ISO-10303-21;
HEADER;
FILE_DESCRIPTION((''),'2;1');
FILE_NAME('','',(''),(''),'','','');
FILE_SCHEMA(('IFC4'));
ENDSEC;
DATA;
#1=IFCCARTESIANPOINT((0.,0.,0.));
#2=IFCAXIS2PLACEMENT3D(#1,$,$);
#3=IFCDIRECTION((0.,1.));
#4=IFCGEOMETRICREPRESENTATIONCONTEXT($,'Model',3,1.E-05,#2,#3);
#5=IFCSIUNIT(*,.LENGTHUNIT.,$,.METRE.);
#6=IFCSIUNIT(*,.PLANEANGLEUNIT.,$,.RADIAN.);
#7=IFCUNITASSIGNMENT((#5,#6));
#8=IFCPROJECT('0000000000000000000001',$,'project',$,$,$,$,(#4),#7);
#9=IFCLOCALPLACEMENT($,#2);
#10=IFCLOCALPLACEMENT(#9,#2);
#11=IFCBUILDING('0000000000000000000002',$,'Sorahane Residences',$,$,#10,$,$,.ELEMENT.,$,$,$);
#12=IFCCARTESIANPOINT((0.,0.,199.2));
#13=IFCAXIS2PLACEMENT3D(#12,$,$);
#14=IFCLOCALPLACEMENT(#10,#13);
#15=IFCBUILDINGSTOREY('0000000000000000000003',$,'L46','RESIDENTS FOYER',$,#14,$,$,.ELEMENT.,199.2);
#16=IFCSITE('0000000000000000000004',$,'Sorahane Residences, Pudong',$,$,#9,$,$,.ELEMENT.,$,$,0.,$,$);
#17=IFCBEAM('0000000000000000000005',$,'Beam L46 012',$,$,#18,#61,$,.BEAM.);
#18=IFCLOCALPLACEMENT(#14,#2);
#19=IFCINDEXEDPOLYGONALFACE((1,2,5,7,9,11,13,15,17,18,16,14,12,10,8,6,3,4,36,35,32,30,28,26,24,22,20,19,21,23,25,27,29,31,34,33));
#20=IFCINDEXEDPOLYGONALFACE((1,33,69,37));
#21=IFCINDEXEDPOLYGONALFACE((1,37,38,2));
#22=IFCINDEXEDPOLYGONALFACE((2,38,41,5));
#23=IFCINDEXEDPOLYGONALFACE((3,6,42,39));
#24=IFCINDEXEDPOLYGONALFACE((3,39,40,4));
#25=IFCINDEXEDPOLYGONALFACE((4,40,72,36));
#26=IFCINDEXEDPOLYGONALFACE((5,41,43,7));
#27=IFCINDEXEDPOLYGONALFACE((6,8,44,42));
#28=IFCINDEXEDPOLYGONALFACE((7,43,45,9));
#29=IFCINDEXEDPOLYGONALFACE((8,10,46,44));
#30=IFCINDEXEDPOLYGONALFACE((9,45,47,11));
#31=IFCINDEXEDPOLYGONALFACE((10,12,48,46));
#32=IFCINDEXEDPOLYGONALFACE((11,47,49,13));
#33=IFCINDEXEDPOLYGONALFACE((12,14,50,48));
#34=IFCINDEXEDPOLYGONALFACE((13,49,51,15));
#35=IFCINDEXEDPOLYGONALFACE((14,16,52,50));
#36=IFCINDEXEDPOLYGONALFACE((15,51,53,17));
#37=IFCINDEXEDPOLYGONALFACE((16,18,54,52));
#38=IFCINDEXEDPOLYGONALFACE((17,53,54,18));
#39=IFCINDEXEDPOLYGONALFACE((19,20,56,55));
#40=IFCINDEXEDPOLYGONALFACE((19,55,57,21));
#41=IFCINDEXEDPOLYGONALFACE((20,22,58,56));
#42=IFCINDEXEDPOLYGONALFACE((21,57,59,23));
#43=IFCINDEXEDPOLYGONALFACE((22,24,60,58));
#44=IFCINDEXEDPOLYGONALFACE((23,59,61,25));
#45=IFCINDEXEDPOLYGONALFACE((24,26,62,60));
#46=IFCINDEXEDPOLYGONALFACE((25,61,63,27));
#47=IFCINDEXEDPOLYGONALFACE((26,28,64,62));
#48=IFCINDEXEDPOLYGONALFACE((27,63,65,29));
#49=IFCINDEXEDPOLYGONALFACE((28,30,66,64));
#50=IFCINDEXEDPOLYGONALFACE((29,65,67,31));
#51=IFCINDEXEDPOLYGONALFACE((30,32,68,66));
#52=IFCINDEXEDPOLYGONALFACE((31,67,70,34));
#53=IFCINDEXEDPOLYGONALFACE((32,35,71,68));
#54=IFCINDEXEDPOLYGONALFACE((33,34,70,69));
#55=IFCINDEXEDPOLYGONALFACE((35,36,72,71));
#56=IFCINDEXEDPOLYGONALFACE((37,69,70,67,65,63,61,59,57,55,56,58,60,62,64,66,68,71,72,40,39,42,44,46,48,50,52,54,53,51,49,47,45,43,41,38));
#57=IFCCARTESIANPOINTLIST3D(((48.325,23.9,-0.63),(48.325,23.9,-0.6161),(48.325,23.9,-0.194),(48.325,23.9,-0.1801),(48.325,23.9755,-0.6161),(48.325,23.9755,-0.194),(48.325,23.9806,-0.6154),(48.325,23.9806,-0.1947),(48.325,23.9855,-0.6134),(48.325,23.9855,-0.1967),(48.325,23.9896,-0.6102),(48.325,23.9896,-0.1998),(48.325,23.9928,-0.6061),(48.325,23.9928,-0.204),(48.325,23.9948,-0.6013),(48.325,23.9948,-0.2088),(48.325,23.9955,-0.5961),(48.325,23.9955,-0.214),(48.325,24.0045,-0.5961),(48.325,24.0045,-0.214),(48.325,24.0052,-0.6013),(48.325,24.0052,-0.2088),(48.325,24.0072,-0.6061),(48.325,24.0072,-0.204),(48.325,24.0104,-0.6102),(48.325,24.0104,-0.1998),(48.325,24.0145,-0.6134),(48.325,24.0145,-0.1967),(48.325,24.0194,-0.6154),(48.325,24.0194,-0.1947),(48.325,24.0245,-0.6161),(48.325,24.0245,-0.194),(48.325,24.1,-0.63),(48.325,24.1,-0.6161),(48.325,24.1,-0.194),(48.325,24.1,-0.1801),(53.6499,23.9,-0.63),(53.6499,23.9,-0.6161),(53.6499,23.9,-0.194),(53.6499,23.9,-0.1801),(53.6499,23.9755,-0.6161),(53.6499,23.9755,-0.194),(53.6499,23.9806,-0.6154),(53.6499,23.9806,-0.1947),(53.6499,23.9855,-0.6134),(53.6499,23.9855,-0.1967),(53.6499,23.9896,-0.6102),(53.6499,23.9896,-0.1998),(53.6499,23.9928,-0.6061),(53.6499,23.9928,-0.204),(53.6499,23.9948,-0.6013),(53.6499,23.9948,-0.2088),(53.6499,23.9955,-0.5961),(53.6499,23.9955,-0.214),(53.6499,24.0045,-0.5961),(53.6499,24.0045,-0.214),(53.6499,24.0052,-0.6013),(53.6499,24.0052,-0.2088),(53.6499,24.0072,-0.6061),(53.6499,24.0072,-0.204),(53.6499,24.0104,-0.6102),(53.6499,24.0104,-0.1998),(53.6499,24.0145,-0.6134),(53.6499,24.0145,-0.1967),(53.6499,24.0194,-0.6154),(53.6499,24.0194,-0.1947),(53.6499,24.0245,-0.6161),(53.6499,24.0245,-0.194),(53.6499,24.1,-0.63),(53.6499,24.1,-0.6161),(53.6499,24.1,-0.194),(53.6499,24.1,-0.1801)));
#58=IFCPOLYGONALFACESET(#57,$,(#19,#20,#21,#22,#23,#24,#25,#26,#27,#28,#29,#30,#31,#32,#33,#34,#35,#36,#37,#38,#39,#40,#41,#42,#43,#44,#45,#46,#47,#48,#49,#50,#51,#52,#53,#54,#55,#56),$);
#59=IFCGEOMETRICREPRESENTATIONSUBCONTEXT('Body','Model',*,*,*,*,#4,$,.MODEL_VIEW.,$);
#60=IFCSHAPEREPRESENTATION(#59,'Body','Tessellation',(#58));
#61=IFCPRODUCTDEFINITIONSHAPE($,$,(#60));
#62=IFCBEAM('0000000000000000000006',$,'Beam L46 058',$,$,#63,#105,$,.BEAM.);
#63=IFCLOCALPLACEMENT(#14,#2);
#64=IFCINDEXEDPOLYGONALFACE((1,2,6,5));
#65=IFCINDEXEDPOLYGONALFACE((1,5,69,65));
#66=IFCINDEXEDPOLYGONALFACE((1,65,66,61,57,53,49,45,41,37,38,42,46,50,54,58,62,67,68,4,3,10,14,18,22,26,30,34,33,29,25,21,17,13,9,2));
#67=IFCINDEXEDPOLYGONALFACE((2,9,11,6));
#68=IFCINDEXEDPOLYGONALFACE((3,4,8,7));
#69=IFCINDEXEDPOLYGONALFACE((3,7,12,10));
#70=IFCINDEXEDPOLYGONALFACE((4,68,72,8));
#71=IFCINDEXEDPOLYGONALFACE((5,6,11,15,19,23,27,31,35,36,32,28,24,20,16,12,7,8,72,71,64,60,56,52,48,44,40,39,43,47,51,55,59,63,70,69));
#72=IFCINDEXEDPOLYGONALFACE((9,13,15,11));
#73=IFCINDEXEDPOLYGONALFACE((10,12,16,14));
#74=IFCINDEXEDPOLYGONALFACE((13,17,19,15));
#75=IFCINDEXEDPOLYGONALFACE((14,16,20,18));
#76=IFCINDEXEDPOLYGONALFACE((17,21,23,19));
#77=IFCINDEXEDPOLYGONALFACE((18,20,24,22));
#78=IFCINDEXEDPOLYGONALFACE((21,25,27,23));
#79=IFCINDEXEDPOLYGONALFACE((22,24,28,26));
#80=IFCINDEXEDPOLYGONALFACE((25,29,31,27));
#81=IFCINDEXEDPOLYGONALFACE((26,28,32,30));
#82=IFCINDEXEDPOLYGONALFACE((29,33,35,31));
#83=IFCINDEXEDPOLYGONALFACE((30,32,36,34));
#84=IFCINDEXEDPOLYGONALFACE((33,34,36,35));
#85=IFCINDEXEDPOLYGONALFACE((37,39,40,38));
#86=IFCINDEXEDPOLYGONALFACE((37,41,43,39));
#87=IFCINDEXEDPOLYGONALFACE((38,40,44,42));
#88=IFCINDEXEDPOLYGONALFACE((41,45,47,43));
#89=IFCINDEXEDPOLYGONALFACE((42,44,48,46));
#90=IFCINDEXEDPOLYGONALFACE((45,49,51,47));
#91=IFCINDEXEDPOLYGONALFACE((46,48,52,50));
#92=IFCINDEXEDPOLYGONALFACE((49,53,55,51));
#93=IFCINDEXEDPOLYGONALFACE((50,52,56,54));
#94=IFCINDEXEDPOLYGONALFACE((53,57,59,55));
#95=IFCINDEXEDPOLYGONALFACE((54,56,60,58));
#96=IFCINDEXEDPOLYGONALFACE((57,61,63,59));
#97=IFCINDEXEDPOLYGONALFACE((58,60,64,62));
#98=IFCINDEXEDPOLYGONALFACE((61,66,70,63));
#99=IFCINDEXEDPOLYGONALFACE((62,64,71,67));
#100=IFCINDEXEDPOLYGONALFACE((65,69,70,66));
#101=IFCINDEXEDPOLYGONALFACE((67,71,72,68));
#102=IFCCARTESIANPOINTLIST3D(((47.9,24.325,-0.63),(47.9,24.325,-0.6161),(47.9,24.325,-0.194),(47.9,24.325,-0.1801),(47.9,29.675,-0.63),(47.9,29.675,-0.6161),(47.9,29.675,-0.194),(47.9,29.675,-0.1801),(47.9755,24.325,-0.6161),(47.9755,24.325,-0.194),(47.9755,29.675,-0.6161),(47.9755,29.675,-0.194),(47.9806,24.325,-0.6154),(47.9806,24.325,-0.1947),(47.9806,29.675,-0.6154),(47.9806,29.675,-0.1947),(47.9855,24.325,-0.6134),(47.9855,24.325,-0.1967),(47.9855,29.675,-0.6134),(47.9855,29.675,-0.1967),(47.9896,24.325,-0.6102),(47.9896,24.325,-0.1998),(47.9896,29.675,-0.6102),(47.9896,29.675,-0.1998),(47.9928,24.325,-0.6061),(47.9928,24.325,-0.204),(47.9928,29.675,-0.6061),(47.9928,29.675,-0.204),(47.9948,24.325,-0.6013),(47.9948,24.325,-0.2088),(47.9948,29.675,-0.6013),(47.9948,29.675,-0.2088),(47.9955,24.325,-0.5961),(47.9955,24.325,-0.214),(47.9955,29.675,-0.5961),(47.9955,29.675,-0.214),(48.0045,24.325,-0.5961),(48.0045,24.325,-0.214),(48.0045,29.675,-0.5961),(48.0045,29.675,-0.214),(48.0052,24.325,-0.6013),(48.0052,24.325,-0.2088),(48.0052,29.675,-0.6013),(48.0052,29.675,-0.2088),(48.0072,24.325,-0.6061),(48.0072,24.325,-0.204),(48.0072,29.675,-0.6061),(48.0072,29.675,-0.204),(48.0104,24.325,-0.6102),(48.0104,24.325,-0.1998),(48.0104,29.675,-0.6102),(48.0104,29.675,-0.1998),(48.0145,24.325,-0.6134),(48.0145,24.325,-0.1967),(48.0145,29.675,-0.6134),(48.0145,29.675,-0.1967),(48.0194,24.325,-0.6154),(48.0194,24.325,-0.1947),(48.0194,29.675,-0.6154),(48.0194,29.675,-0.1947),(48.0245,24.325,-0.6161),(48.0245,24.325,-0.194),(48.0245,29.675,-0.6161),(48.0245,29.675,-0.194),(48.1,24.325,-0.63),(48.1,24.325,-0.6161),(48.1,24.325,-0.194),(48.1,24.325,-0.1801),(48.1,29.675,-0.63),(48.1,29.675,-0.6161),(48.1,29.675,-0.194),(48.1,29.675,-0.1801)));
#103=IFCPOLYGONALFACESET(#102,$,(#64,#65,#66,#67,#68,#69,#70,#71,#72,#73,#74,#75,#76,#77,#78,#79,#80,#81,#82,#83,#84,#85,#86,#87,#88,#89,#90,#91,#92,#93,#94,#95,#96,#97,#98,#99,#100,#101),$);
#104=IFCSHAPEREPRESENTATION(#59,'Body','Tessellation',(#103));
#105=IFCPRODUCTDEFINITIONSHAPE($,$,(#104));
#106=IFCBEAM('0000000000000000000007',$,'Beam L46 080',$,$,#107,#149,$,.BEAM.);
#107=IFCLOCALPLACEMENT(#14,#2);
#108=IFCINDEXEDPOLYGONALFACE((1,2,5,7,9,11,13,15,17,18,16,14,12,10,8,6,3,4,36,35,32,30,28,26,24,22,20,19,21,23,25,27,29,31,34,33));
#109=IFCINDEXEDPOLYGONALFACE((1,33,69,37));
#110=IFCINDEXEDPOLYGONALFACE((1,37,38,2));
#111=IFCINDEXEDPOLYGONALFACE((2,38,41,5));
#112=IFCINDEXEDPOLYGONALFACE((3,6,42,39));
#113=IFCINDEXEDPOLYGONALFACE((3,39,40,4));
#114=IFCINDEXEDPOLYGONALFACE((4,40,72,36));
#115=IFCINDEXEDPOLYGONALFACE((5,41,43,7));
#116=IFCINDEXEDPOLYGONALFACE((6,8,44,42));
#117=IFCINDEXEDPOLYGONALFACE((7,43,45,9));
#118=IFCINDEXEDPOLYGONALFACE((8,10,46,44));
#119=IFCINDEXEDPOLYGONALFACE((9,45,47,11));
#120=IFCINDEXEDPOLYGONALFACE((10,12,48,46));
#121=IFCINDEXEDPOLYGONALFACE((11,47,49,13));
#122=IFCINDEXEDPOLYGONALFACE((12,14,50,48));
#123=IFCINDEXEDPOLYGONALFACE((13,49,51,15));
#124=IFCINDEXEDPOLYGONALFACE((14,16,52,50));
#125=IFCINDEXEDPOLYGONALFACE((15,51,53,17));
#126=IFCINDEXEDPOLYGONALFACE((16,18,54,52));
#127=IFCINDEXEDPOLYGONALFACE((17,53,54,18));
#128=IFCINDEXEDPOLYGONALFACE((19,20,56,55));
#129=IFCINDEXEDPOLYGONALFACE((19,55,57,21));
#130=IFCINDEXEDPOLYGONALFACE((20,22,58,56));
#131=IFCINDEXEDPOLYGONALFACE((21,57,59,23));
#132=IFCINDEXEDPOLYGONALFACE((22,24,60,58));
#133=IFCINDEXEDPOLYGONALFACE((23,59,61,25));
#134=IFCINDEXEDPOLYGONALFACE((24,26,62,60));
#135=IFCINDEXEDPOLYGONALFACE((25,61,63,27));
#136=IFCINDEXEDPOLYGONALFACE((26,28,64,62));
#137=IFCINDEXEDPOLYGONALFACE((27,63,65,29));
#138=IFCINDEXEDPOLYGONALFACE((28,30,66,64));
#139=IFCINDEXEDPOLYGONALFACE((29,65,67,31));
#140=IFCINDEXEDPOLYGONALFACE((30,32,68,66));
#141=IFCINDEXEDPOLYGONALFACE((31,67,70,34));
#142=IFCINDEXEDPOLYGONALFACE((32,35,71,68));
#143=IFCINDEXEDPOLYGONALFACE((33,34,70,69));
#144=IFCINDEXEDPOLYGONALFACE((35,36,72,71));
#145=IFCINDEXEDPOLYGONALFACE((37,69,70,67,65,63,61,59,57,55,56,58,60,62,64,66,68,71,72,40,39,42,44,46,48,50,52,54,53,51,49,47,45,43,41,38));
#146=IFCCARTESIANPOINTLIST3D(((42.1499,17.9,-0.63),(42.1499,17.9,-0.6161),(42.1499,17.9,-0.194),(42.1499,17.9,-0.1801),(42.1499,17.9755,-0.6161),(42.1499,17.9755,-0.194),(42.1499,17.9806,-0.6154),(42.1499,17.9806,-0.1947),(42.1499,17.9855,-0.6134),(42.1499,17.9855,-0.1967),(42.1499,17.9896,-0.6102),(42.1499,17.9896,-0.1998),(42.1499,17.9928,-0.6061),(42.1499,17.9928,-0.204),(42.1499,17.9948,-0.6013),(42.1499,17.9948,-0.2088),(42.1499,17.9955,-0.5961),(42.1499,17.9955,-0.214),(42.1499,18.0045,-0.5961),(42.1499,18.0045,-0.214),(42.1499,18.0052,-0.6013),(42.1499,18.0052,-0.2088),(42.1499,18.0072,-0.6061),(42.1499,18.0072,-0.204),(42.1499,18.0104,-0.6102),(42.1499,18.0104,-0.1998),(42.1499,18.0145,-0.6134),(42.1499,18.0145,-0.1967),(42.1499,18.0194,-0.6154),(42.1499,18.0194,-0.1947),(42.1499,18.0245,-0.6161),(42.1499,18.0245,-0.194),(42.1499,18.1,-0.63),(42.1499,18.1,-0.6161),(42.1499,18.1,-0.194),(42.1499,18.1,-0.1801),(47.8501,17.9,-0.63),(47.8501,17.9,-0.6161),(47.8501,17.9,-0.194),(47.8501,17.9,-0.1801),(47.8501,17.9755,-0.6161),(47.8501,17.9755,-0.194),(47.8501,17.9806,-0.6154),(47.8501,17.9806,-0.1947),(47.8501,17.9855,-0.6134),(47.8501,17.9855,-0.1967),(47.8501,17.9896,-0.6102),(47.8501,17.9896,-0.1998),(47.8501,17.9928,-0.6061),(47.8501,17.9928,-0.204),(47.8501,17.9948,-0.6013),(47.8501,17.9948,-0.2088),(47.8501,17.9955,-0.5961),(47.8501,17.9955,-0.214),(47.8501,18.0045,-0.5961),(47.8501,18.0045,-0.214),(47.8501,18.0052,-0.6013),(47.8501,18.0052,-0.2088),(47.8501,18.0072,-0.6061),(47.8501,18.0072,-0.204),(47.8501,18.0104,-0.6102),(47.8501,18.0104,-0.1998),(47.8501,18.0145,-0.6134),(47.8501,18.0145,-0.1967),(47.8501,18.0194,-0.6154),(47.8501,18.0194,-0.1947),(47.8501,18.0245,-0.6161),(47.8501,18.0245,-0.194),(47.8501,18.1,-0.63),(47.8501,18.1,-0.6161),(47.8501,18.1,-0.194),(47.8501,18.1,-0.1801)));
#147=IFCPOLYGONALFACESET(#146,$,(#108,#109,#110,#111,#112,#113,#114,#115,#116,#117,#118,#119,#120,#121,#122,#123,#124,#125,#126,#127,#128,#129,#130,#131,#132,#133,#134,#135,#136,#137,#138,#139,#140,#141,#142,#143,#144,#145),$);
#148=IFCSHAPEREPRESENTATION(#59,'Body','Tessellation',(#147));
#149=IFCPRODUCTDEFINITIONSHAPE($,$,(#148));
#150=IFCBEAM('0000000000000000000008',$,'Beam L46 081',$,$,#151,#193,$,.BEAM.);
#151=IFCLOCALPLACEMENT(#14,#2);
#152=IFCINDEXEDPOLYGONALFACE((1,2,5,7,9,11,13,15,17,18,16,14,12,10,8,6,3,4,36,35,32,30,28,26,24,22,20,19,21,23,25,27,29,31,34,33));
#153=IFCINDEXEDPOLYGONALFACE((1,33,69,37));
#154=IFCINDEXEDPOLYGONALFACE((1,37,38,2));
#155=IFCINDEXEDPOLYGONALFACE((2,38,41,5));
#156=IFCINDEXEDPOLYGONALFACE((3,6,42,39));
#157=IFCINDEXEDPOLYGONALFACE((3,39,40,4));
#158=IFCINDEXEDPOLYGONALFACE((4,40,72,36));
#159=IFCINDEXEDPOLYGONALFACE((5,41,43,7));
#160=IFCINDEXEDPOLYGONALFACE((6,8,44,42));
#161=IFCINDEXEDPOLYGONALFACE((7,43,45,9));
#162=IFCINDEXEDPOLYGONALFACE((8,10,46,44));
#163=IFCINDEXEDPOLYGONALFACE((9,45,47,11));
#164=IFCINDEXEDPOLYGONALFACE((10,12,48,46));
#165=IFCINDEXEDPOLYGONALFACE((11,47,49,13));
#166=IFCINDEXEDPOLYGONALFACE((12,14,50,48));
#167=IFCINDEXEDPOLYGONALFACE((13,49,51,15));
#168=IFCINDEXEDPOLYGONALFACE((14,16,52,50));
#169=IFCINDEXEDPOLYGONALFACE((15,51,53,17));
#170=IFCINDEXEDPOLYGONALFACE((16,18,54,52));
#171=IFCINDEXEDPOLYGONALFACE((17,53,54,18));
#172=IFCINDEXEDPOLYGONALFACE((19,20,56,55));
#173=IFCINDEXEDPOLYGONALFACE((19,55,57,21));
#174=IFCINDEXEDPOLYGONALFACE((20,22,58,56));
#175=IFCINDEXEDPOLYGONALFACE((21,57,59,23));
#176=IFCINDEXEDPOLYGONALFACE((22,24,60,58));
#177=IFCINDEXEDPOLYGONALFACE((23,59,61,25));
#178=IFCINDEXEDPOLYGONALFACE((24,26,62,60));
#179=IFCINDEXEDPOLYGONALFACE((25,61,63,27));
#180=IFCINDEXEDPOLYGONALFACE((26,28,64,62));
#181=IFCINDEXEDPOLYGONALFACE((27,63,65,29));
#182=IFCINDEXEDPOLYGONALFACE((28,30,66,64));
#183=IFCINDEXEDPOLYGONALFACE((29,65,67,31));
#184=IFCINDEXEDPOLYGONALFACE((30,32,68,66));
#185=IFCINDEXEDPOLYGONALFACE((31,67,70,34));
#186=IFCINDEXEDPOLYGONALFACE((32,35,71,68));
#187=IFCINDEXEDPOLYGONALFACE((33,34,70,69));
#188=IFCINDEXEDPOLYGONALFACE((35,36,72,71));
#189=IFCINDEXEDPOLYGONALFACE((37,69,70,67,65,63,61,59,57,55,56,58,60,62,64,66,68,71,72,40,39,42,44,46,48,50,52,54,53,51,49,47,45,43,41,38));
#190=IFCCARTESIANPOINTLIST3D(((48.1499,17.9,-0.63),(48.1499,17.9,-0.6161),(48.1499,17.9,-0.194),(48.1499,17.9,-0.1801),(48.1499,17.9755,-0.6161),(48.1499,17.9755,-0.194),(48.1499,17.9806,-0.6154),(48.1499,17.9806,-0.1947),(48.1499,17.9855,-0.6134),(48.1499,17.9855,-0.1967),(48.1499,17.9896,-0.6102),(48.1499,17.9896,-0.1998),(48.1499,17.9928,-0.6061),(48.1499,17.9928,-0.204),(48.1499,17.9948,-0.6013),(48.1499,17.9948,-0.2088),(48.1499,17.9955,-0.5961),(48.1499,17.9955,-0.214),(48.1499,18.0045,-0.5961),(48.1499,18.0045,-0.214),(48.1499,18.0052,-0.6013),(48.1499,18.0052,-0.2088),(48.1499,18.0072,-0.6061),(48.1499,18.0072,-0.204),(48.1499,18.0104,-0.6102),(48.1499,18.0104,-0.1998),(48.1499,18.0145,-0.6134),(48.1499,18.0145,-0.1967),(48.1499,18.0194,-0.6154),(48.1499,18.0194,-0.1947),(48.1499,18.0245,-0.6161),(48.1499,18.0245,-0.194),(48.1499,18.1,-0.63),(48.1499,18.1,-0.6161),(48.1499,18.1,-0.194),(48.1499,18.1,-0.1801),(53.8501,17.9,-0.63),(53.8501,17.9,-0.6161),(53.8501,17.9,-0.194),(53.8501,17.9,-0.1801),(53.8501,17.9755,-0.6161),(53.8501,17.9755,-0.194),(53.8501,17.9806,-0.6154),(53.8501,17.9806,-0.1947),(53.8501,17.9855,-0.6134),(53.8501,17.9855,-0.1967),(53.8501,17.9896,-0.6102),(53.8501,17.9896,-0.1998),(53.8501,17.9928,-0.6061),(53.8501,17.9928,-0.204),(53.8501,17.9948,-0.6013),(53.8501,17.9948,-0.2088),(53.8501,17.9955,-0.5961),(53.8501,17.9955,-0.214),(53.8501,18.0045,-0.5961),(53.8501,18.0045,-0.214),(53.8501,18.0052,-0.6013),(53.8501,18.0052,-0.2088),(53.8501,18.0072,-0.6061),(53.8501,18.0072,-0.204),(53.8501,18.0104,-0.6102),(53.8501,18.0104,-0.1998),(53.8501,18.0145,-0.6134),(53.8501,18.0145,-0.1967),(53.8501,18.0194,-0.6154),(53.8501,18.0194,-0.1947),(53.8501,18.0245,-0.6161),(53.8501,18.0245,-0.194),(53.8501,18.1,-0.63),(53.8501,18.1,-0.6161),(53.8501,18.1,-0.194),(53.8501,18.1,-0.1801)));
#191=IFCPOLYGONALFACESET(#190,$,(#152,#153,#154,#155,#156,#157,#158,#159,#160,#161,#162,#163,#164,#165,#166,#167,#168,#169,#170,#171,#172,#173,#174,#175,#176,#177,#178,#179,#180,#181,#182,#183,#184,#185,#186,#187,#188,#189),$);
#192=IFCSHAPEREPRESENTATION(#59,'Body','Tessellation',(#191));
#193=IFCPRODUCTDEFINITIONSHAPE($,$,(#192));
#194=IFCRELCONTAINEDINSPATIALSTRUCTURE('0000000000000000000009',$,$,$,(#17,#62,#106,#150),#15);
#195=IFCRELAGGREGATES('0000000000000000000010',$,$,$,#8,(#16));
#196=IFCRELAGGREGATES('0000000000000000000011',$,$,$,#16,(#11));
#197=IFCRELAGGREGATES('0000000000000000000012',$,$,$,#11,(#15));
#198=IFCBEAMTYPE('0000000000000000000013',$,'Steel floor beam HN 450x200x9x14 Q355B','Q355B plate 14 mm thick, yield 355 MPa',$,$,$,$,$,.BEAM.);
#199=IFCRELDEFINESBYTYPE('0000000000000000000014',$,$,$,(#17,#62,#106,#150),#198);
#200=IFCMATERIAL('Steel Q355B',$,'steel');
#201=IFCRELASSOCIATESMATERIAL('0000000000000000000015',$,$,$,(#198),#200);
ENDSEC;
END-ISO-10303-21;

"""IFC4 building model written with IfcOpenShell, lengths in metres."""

from ifc_helpers import new_model, si_unit, direction, frame, origin, origin_2d, place, context, subcontext, project, spatial, i_section, extrude, material, material_profile, profile_set, type_object, element, save


model = new_model("IFC4")

# Units and contexts
model_context = context("Model", 3, precision=1e-05, world=origin(), true_north=direction((0.0, 1.0)))
body_context = subcontext(model_context, "Body", "Model", "MODEL_VIEW")
ifc_project = project(units=[si_unit("LENGTHUNIT", "METRE"), si_unit("PLANEANGLEUNIT", "RADIAN")], contexts=[model_context])

# Site, building, storey
site_placement = place(None, origin())
site = spatial("IfcSite", under=ifc_project, at=site_placement, Name="Sorahane Residences, Pudong", CompositionType="ELEMENT", RefElevation=0.0)
building_placement = place(site_placement, origin())
building = spatial("IfcBuilding", under=site, at=building_placement, Name="Sorahane Residences", CompositionType="ELEMENT")
storey_placement = place(building_placement, frame((0.0, 0.0, 199.2)))
storey = spatial("IfcBuildingStorey", under=building, at=storey_placement, Name="L46", Description="RESIDENTS FOYER", CompositionType="ELEMENT", Elevation=199.2)

# Beams
ifc_material_1 = material(Name="Steel Q355B", Category="steel")
ifc_material_profile_1 = material_profile(ifc_material_1, i_section(OverallWidth=0.2, OverallDepth=0.45, WebThickness=0.009, FlangeThickness=0.0139, FilletRadius=0.02, at=origin_2d()), Name="HN 450x200x9x14")
ifc_profile_set_1 = profile_set([ifc_material_profile_1], Name="Steel Q355B")
beam_type_1 = type_object("IfcBeamType", Name="Steel floor beam HN 450x200x9x14 Q355B", Description="Q355B plate 14 mm thick, yield 355 MPa", PredefinedType="BEAM", material=ifc_profile_set_1)
for number, where, z_axis, x_axis, name in (
    (1, (48.325, 24.0, -0.405), (1.0, 0.0, 0.0), (0.0, 1.0, 0.0), "Beam L46 012"),
):
    element("IfcBeam", number, at=place(storey_placement, frame(where, z_axis=z_axis, x_axis=x_axis)), inside=storey, type_object=beam_type_1, Name=name, PredefinedType="BEAM", context=body_context, shape_type="SweptSolid", body=[
        extrude(i_section(OverallWidth=0.2, OverallDepth=0.45, WebThickness=0.009, FlangeThickness=0.0139, FilletRadius=0.02, at=origin_2d()), origin(), (0.0, 0.0, 1.0), 5.325),
    ])
beam_1_placement = place(storey_placement, frame((48.0, 24.325, -0.405), z_axis=(0.0, 1.0, 0.0), x_axis=(-1.0, 0.0, 0.0)))
element("IfcBeam", 2, at=beam_1_placement, inside=storey, type_object=beam_type_1, Name="Beam L46 058", PredefinedType="BEAM", context=body_context, shape_type="SweptSolid", body=[
    extrude(i_section(OverallWidth=0.2, OverallDepth=0.45, WebThickness=0.009, FlangeThickness=0.0139, FilletRadius=0.02, at=origin_2d()), origin(), (0.0, 0.0, 1.0), 5.3501),
])
for number, where, z_axis, x_axis, name in (
    (3, (42.1499, 18.0, -0.405), (1.0, 0.0, 0.0), (0.0, 1.0, 0.0), "Beam L46 080"),
    (4, (48.1499, 18.0, -0.405), (1.0, 0.0, 0.0), (0.0, 1.0, 0.0), "Beam L46 081"),
):
    element("IfcBeam", number, at=place(storey_placement, frame(where, z_axis=z_axis, x_axis=x_axis)), inside=storey, type_object=beam_type_1, Name=name, PredefinedType="BEAM", context=body_context, shape_type="SweptSolid", body=[
        extrude(i_section(OverallWidth=0.2, OverallDepth=0.45, WebThickness=0.009, FlangeThickness=0.0139, FilletRadius=0.02, at=origin_2d()), origin(), (0.0, 0.0, 1.0), 5.7002),
    ])

save(model, "model.ifc")
